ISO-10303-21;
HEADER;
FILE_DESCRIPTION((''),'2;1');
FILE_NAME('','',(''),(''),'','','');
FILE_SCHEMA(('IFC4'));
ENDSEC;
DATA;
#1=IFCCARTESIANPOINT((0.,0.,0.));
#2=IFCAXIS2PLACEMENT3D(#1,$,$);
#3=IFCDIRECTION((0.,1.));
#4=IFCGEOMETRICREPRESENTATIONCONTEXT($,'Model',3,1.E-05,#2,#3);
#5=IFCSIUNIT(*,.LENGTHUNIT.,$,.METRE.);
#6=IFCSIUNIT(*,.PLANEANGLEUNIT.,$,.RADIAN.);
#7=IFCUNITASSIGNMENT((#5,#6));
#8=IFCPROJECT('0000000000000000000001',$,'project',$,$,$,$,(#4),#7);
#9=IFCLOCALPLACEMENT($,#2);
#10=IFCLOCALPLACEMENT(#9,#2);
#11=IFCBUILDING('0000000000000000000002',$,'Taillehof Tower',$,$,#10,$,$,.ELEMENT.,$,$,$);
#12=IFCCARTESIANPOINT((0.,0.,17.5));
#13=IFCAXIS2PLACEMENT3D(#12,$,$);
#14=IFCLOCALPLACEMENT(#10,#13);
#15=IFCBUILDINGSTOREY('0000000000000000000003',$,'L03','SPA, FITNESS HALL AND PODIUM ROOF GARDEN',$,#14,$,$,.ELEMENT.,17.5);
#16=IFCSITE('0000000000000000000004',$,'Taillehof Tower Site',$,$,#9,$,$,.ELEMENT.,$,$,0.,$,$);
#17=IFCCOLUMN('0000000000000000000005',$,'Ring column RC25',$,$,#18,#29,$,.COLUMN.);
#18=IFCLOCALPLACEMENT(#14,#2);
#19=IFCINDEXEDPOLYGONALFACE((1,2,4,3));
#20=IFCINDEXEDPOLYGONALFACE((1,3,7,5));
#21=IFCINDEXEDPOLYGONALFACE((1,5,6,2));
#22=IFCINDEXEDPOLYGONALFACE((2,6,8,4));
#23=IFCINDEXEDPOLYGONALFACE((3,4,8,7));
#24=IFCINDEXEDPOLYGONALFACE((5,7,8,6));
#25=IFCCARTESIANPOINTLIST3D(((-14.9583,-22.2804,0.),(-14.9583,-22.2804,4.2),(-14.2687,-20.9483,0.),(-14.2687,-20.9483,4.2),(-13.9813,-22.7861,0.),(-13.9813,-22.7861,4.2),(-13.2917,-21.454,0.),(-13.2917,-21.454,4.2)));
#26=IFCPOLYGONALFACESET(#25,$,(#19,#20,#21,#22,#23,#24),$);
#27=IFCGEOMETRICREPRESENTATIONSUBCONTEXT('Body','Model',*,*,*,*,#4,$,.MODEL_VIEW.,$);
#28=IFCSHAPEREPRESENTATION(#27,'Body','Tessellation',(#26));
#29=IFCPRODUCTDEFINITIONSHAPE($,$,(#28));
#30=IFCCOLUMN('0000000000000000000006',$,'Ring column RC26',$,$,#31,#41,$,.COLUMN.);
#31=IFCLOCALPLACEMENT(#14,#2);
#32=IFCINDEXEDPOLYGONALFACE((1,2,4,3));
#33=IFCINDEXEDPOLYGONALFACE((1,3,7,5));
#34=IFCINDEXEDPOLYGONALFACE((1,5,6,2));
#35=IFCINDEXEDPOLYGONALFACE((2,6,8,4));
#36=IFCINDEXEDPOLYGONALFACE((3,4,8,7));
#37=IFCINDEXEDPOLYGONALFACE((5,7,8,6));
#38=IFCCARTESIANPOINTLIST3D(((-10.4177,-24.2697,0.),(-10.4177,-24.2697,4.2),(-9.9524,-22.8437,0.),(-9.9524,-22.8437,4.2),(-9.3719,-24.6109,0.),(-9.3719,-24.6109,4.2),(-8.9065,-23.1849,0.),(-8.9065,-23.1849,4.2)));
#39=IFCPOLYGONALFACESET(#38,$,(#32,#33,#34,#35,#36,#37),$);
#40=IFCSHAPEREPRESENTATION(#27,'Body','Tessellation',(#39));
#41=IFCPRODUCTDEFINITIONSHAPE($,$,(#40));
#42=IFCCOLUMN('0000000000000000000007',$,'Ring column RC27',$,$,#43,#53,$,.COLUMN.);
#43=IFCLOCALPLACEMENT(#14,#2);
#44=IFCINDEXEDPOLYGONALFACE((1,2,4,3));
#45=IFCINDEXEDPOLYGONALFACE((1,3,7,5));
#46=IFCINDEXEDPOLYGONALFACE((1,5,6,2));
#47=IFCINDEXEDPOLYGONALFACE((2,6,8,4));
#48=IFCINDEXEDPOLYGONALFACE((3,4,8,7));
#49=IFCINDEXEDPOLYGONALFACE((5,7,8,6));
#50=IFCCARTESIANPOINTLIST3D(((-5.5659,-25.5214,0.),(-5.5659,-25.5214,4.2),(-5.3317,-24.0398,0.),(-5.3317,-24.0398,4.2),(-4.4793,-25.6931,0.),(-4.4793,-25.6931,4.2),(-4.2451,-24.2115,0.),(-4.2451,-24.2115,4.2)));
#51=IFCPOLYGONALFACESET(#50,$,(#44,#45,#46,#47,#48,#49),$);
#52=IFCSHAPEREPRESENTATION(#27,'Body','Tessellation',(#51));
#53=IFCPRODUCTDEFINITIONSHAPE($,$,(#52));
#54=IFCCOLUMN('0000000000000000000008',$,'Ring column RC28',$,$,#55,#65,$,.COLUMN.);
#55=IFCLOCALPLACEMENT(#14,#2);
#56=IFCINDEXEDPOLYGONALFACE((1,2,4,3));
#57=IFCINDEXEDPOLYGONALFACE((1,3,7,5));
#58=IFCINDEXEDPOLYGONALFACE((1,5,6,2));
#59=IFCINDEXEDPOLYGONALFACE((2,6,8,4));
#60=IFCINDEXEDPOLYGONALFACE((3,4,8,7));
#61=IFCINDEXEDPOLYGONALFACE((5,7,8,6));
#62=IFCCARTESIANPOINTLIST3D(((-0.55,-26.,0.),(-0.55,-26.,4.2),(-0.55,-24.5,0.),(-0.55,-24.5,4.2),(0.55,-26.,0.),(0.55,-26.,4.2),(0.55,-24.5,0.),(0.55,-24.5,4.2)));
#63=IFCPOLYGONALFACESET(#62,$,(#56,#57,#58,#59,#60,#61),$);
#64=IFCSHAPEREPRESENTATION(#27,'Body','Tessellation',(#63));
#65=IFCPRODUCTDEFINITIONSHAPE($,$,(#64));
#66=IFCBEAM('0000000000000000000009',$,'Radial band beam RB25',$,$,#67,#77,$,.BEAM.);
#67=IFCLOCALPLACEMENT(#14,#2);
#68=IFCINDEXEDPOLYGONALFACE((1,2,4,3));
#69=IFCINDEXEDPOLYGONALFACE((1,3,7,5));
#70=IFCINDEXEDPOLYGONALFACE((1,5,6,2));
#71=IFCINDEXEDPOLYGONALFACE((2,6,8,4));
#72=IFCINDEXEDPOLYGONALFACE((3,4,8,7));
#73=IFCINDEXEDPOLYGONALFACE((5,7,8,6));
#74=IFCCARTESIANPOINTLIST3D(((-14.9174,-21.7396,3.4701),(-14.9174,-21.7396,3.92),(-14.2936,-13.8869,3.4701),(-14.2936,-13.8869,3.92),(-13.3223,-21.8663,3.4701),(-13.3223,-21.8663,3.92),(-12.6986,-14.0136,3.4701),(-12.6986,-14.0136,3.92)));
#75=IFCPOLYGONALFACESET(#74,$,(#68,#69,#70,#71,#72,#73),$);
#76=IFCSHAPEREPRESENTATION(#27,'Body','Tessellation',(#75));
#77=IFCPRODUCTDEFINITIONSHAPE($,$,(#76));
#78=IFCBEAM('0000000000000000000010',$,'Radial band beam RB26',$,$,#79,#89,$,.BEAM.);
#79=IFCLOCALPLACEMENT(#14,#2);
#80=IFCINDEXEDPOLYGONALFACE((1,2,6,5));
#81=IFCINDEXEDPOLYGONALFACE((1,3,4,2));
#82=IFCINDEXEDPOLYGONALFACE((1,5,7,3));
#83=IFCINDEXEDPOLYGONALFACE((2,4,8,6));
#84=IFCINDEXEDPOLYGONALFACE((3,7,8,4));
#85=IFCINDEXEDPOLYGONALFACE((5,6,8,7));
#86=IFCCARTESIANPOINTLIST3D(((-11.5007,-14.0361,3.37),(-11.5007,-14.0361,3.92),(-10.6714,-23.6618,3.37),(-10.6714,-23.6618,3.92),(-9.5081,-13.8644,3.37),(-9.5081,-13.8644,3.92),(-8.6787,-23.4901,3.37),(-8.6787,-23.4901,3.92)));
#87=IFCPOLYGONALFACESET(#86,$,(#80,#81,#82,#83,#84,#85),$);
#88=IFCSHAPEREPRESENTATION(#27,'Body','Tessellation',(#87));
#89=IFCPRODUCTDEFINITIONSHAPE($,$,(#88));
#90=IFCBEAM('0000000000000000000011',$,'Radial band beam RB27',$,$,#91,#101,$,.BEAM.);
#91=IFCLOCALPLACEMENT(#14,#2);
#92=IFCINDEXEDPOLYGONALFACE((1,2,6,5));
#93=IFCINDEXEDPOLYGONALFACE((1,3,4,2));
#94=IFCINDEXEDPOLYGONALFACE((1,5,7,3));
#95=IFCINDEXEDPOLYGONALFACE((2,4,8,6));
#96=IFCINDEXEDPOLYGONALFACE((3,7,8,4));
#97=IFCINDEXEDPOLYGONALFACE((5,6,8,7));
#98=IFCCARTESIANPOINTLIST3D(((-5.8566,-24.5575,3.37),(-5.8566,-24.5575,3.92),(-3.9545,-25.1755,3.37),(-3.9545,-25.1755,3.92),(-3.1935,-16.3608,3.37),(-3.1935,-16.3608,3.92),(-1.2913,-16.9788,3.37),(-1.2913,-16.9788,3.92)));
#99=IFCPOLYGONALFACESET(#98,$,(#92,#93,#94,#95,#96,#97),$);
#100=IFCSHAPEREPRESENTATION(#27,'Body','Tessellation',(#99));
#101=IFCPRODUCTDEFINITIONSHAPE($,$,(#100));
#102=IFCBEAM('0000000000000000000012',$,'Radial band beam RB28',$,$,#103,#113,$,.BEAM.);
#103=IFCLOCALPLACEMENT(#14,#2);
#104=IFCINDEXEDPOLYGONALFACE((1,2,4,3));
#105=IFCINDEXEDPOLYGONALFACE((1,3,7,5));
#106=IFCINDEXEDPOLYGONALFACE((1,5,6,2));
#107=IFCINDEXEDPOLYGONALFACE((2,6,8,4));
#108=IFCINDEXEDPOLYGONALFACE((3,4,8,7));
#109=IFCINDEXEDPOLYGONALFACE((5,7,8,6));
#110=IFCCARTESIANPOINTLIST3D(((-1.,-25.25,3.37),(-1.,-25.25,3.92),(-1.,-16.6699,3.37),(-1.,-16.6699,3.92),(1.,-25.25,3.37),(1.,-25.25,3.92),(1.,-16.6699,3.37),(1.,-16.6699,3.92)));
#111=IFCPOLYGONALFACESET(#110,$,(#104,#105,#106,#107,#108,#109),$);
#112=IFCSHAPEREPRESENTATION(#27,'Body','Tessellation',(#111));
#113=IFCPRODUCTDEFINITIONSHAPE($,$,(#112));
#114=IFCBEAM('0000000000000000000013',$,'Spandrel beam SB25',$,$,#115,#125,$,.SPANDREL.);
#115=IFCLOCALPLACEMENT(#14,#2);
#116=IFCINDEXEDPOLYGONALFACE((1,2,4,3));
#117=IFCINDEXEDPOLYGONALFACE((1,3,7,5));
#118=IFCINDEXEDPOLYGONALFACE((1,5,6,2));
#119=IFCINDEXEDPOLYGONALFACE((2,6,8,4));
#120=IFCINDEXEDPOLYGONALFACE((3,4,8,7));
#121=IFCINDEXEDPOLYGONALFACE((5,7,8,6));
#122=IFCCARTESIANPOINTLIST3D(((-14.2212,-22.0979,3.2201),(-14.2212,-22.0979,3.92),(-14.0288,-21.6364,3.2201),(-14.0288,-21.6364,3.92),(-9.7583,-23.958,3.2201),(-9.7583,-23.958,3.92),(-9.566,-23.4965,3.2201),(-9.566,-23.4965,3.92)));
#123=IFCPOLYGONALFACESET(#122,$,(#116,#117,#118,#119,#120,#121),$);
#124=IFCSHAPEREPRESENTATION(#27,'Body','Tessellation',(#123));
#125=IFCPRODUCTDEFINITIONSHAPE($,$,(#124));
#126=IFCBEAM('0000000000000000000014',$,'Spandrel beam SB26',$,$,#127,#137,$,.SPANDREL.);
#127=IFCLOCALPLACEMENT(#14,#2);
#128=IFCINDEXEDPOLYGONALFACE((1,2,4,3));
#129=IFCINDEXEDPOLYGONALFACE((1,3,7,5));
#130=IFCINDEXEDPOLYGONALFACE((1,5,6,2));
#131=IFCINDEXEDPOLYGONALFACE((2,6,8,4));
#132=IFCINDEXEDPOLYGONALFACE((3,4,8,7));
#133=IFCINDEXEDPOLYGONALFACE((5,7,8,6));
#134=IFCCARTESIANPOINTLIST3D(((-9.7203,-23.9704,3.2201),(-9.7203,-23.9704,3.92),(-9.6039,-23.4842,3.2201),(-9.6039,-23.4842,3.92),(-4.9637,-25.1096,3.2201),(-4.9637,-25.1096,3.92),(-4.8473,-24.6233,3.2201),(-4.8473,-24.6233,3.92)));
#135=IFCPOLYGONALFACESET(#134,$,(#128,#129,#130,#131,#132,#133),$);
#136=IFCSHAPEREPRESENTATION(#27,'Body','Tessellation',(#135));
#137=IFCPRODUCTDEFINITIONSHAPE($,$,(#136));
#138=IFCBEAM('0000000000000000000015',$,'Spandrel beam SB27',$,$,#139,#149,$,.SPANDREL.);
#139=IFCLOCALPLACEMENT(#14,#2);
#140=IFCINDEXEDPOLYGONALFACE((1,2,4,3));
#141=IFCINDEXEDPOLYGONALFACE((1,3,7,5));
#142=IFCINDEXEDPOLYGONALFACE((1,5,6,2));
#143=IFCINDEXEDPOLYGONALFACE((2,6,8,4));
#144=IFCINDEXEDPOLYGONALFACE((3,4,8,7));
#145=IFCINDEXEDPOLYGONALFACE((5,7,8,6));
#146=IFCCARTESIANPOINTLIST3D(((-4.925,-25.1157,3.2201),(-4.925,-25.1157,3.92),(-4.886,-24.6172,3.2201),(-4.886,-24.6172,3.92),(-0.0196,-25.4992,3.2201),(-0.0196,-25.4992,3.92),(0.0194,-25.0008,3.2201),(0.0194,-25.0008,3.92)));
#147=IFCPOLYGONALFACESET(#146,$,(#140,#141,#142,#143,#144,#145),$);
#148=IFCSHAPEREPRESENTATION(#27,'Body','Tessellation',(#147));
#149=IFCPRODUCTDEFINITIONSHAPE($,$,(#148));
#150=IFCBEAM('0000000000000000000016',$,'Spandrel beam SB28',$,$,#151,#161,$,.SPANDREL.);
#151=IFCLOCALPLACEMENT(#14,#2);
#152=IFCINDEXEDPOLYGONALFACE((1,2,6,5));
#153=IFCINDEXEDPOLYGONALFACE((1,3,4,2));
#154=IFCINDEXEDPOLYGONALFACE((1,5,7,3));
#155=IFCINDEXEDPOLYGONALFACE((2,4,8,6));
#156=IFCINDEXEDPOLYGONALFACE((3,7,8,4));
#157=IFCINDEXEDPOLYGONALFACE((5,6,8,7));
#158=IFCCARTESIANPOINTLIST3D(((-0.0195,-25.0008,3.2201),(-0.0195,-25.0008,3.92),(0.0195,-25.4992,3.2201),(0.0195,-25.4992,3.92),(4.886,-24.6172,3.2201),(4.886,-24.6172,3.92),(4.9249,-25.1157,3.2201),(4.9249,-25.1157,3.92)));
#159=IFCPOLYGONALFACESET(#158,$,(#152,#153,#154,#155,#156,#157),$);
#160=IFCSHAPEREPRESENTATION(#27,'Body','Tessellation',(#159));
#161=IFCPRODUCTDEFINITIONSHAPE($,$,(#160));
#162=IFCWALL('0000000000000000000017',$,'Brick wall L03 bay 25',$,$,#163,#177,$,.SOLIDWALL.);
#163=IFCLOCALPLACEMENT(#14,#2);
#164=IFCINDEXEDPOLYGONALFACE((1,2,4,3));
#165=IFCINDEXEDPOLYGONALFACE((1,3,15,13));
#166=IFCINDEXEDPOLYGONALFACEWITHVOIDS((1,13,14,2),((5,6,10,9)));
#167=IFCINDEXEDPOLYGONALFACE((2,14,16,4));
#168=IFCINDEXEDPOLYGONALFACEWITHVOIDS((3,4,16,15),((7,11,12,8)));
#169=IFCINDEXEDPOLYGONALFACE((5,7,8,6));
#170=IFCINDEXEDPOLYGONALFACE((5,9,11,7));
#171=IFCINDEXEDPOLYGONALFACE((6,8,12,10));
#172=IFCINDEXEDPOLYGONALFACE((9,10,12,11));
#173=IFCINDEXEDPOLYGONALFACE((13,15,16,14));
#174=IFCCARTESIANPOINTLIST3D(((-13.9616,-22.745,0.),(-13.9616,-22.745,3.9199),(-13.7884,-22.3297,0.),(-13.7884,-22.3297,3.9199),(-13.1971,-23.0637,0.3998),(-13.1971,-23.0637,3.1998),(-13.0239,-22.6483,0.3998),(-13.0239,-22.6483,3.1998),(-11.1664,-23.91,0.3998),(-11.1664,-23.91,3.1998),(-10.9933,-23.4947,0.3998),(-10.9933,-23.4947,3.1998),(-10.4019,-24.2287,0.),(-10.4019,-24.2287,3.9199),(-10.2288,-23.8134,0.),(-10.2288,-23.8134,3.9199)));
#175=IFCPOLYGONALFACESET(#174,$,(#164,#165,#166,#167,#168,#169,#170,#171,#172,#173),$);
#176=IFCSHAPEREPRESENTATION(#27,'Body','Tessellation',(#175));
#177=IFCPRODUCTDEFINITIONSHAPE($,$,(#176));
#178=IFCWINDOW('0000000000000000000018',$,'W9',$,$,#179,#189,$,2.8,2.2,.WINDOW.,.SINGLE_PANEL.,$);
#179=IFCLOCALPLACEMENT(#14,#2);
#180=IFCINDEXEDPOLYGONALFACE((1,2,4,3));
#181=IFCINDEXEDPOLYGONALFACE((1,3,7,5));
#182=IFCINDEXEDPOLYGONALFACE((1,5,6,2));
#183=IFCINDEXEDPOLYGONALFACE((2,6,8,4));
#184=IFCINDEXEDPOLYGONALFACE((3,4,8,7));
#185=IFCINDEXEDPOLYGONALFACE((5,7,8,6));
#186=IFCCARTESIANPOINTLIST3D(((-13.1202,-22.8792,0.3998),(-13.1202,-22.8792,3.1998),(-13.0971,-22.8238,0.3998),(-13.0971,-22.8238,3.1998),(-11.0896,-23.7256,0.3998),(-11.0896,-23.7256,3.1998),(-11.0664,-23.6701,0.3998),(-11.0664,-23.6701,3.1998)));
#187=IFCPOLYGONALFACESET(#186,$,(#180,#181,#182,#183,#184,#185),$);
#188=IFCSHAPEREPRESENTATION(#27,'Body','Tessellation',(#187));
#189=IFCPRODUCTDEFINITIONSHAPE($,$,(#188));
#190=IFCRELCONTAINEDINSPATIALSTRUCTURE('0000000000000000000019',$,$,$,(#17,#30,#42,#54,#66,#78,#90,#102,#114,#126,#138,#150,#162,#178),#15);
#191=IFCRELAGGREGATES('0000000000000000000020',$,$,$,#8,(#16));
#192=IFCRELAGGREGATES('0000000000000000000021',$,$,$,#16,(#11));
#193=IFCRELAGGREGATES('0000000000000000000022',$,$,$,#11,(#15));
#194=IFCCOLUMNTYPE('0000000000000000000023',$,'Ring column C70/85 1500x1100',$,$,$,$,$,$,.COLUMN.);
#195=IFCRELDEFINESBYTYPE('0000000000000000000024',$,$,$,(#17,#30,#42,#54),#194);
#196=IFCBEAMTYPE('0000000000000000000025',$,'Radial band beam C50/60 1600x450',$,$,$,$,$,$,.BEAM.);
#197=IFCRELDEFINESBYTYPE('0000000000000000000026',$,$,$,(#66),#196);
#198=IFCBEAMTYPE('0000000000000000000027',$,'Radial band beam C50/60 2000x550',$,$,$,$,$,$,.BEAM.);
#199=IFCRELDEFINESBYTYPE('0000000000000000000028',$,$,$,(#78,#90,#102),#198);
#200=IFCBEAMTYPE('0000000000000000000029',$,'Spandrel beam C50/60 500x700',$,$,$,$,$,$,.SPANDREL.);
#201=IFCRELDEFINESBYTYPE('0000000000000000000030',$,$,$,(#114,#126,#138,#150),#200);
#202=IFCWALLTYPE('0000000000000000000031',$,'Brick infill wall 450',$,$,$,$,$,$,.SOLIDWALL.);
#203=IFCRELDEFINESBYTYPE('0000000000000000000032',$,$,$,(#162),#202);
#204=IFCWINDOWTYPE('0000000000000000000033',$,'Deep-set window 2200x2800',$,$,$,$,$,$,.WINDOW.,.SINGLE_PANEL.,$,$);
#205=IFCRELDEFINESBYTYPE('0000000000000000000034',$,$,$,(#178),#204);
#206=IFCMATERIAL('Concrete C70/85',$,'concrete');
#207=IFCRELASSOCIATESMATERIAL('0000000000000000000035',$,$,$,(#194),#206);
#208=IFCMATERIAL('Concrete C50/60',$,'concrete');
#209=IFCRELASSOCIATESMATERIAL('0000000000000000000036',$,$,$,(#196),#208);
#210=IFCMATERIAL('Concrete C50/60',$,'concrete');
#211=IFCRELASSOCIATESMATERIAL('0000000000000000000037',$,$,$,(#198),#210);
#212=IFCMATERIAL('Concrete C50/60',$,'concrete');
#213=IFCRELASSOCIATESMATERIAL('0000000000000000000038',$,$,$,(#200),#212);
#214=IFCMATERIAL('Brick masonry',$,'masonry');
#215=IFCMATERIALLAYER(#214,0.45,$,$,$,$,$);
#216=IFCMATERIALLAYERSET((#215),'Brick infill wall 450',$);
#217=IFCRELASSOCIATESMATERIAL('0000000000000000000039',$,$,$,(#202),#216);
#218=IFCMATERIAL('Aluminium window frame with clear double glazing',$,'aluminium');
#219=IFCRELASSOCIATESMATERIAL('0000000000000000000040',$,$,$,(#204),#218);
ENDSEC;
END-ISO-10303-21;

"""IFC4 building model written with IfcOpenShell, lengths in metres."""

from ifc_helpers import new_model, si_unit, direction, frame, frame_2d, origin, origin_2d, place, context, subcontext, project, spatial, rectangle, extrude, material, layer, layer_set, material_profile, profile_set, type_object, element, fill, save


model = new_model("IFC4")

# Units and contexts
model_context = context("Model", 3, precision=1e-05, world=origin(), true_north=direction((0.0, 1.0)))
body_context = subcontext(model_context, "Body", "Model", "MODEL_VIEW")
ifc_project = project(units=[si_unit("LENGTHUNIT", "METRE"), si_unit("PLANEANGLEUNIT", "RADIAN")], contexts=[model_context])

# Site, building, storey
site_placement = place(None, origin())
site = spatial("IfcSite", under=ifc_project, at=site_placement, Name="Taillehof Tower Site", CompositionType="ELEMENT", RefElevation=0.0)
building_placement = place(site_placement, origin())
building = spatial("IfcBuilding", under=site, at=building_placement, Name="Taillehof Tower", CompositionType="ELEMENT")
storey_placement = place(building_placement, frame((0.0, 0.0, 17.5)))
storey = spatial("IfcBuildingStorey", under=building, at=storey_placement, Name="L03", Description="SPA, FITNESS HALL AND PODIUM ROOF GARDEN", CompositionType="ELEMENT", Elevation=17.5)

# Columns
ifc_material_1 = material(Name="Concrete C70/85", Category="concrete")
ifc_material_profile_1 = material_profile(ifc_material_1, rectangle(XDim=1.5, YDim=1.1001, at=origin_2d()), Name="RC 1500x1100")
ifc_profile_set_1 = profile_set([ifc_material_profile_1], Name="Concrete C70/85")
column_type = type_object("IfcColumnType", Name="Ring column C70/85 1500x1100", PredefinedType="COLUMN", material=ifc_profile_set_1)
for number, where, z_axis, x_axis, name in (
    (1, (-14.125, -21.8672, 0.0), (0.0, 0.0, 1.0), (-0.459691, -0.888079, 0.0), "Ring column RC25"),
    (2, (-9.6621, -23.7273, 0.0), (0.0, 0.0, 1.0), (-0.310219, -0.950665, 0.0), "Ring column RC26"),
    (3, (-4.9055, -24.8665, 0.0), (0.0, 0.0, 1.0), (-0.156147, -0.987734, 0.0), "Ring column RC27"),
    (4, (0.0, -25.25, 0.0), (0.0, 0.0, 1.0), (0.0, -1.0, 0.0), "Ring column RC28"),
):
    element("IfcColumn", number, at=place(storey_placement, frame(where, z_axis=z_axis, x_axis=x_axis)), inside=storey, type_object=column_type, Name=name, PredefinedType="COLUMN", context=body_context, shape_type="SweptSolid", body=[
        extrude(rectangle(XDim=1.5, YDim=1.1001, at=origin_2d()), origin(), (0.0, 0.0, 1.0), 4.2),
    ])

# Beams
ifc_material_2 = material(Name="Concrete C50/60", Category="concrete")
ifc_material_profile_2 = material_profile(ifc_material_2, rectangle(XDim=1.6001, YDim=0.45, at=origin_2d()), Name="RC 1600x450")
ifc_profile_set_2 = profile_set([ifc_material_profile_2], Name="Concrete C50/60")
beam_type_1 = type_object("IfcBeamType", Name="Radial band beam C50/60 1600x450", PredefinedType="BEAM", material=ifc_profile_set_2)
beam_1_placement = place(storey_placement, frame((-14.1199, -21.803, 3.6951), z_axis=(0.079185, 0.99686, 0.0), x_axis=(-0.99686, 0.079185, 0.0)))
element("IfcBeam", 5, at=beam_1_placement, inside=storey, type_object=beam_type_1, Name="Radial band beam RB25", PredefinedType="BEAM", context=body_context, shape_type="SweptSolid", body=[
    extrude(rectangle(XDim=1.6001, YDim=0.45, at=origin_2d()), origin(), (0.0, 0.0, 1.0), 7.8774),
])
ifc_material_3 = material(Name="Concrete C50/60", Category="concrete")
ifc_material_profile_3 = material_profile(ifc_material_3, rectangle(XDim=2.0, YDim=0.55, at=origin_2d()), Name="RC 2000x550")
ifc_profile_set_3 = profile_set([ifc_material_profile_3], Name="Concrete C50/60")
beam_type_2 = type_object("IfcBeamType", Name="Radial band beam C50/60 2000x550", PredefinedType="BEAM", material=ifc_profile_set_3)
beam_2_placement = place(storey_placement, frame((-9.675, -23.5759, 3.645), z_axis=(-0.085841, 0.996309, 0.0), x_axis=(-0.996309, -0.085841, 0.0)))
element("IfcBeam", 6, at=beam_2_placement, inside=storey, type_object=beam_type_2, Name="Radial band beam RB26", PredefinedType="BEAM", context=body_context, shape_type="SweptSolid", body=[
    extrude(rectangle(XDim=2.0, YDim=0.55, at=origin_2d()), origin(), (0.0, 0.0, 1.0), 9.6614),
])
beam_3_placement = place(storey_placement, frame((-4.9055, -24.8665, 3.645), z_axis=(0.309003, 0.951061, 0.0), x_axis=(-0.951061, 0.309003, 0.0)))
element("IfcBeam", 7, at=beam_3_placement, inside=storey, type_object=beam_type_2, Name="Radial band beam RB27", PredefinedType="BEAM", context=body_context, shape_type="SweptSolid", body=[
    extrude(rectangle(XDim=2.0, YDim=0.55, at=origin_2d()), origin(), (0.0, 0.0, 1.0), 8.6184),
])
beam_4_placement = place(storey_placement, frame((0.0, -25.25, 3.645), z_axis=(0.0, 1.0, 0.0), x_axis=(-1.0, 0.0, 0.0)))
element("IfcBeam", 8, at=beam_4_placement, inside=storey, type_object=beam_type_2, Name="Radial band beam RB28", PredefinedType="BEAM", context=body_context, shape_type="SweptSolid", body=[
    extrude(rectangle(XDim=2.0, YDim=0.55, at=origin_2d()), origin(), (0.0, 0.0, 1.0), 8.5801),
])
ifc_material_4 = material(Name="Concrete C50/60", Category="concrete")
ifc_material_profile_4 = material_profile(ifc_material_4, rectangle(XDim=0.5, YDim=0.7, at=origin_2d()), Name="RC 500x700")
ifc_profile_set_4 = profile_set([ifc_material_profile_4], Name="Concrete C50/60")
beam_type_3 = type_object("IfcBeamType", Name="Spandrel beam C50/60 500x700", PredefinedType="SPANDREL", material=ifc_profile_set_4)
beam_5_placement = place(storey_placement, frame((-14.125, -21.8672, 3.5701), z_axis=(0.923035, -0.384716, 0.0), x_axis=(0.384716, 0.923035, 0.0)))
element("IfcBeam", 9, at=beam_5_placement, inside=storey, type_object=beam_type_3, Name="Spandrel beam SB25", PredefinedType="SPANDREL", context=body_context, shape_type="SweptSolid", body=[
    extrude(rectangle(XDim=0.5, YDim=0.7, at=origin_2d()), origin(), (0.0, 0.0, 1.0), 4.835),
])
beam_6_placement = place(storey_placement, frame((-9.6621, -23.7273, 3.5701), z_axis=(0.9725, -0.232905, 0.0), x_axis=(0.232905, 0.9725, 0.0)))
element("IfcBeam", 10, at=beam_6_placement, inside=storey, type_object=beam_type_3, Name="Spandrel beam SB26", PredefinedType="SPANDREL", context=body_context, shape_type="SweptSolid", body=[
    extrude(rectangle(XDim=0.5, YDim=0.7, at=origin_2d()), origin(), (0.0, 0.0, 1.0), 4.8911),
])
for number, where, z_axis, x_axis, name in (
    (11, (-4.9055, -24.8665, 3.5701), (0.996957, -0.077949, 0.0), (0.077949, 0.996957, 0.0), "Spandrel beam SB27"),
    (12, (0.0, -25.25, 3.5701), (0.996957, 0.077949, 0.0), (-0.077949, 0.996957, 0.0), "Spandrel beam SB28"),
):
    element("IfcBeam", number, at=place(storey_placement, frame(where, z_axis=z_axis, x_axis=x_axis)), inside=storey, type_object=beam_type_3, Name=name, PredefinedType="SPANDREL", context=body_context, shape_type="SweptSolid", body=[
        extrude(rectangle(XDim=0.5, YDim=0.7, at=origin_2d()), origin(), (0.0, 0.0, 1.0), 4.9204),
    ])

# Wall, opening, window
ifc_material_5 = material(Name="Brick masonry", Category="masonry")
ifc_layer_1 = layer(ifc_material_5, 0.45)
ifc_layer_set_1 = layer_set([ifc_layer_1], Name="Brick infill wall 450")
wall_type_1 = type_object("IfcWallType", Name="Brick infill wall 450", PredefinedType="SOLIDWALL", material=ifc_layer_set_1)
wall_1_placement = place(storey_placement, frame((-13.875, -22.5374, 0.0), z_axis=(0.0, 0.0, 1.0), x_axis=(0.923032, -0.384723, 0.0)))
wall_1 = element("IfcWall", 13, at=wall_1_placement, inside=storey, type_object=wall_type_1, Name="Brick wall L03 bay 25", PredefinedType="SOLIDWALL", context=body_context, shape_type="SweptSolid", body=[
    extrude(rectangle(XDim=3.8564, YDim=0.45, at=frame_2d((1.9282, 0.0))), origin(), (0.0, 0.0, 1.0), 3.9199),
])
opening_1_placement = place(wall_1_placement, frame((0.8281, 0.0, 0.3999)))
opening_1 = element("IfcOpeningElement", 14, at=opening_1_placement, cuts=wall_1, PredefinedType="OPENING", context=body_context, shape_type="SweptSolid", body=[
    extrude(rectangle(XDim=2.2, YDim=2.8, at=frame_2d((1.1001, 1.3999))), frame((0.0, 0.2349, 0.0), z_axis=(0.0, -1.0, 0.0), x_axis=(1.0, 0.0, 0.0)), (0.0, 0.0, 1.0), 0.47),
])
ifc_material_6 = material(Name="Aluminium window frame with clear double glazing", Category="aluminium")
window_type = type_object("IfcWindowType", Name="Deep-set window 2200x2800", PartitioningType="SINGLE_PANEL", PredefinedType="WINDOW", material=ifc_material_6)
window_1_placement = place(opening_1_placement, origin())
window_1 = element("IfcWindow", 15, at=window_1_placement, inside=storey, type_object=window_type, Name="W9", OverallHeight=2.8, OverallWidth=2.2, PartitioningType="SINGLE_PANEL", PredefinedType="WINDOW", context=body_context, shape_type="SweptSolid", body=[
    extrude(rectangle(XDim=2.2, YDim=2.8, at=frame_2d((1.1001, 1.3999))), frame((0.0, 0.0349, 0.0), z_axis=(0.0, -1.0, 0.0), x_axis=(1.0, 0.0, 0.0)), (0.0, 0.0, 1.0), 0.0601),
])
fill(opening_1, window_1)

save(model, "model.ifc")
